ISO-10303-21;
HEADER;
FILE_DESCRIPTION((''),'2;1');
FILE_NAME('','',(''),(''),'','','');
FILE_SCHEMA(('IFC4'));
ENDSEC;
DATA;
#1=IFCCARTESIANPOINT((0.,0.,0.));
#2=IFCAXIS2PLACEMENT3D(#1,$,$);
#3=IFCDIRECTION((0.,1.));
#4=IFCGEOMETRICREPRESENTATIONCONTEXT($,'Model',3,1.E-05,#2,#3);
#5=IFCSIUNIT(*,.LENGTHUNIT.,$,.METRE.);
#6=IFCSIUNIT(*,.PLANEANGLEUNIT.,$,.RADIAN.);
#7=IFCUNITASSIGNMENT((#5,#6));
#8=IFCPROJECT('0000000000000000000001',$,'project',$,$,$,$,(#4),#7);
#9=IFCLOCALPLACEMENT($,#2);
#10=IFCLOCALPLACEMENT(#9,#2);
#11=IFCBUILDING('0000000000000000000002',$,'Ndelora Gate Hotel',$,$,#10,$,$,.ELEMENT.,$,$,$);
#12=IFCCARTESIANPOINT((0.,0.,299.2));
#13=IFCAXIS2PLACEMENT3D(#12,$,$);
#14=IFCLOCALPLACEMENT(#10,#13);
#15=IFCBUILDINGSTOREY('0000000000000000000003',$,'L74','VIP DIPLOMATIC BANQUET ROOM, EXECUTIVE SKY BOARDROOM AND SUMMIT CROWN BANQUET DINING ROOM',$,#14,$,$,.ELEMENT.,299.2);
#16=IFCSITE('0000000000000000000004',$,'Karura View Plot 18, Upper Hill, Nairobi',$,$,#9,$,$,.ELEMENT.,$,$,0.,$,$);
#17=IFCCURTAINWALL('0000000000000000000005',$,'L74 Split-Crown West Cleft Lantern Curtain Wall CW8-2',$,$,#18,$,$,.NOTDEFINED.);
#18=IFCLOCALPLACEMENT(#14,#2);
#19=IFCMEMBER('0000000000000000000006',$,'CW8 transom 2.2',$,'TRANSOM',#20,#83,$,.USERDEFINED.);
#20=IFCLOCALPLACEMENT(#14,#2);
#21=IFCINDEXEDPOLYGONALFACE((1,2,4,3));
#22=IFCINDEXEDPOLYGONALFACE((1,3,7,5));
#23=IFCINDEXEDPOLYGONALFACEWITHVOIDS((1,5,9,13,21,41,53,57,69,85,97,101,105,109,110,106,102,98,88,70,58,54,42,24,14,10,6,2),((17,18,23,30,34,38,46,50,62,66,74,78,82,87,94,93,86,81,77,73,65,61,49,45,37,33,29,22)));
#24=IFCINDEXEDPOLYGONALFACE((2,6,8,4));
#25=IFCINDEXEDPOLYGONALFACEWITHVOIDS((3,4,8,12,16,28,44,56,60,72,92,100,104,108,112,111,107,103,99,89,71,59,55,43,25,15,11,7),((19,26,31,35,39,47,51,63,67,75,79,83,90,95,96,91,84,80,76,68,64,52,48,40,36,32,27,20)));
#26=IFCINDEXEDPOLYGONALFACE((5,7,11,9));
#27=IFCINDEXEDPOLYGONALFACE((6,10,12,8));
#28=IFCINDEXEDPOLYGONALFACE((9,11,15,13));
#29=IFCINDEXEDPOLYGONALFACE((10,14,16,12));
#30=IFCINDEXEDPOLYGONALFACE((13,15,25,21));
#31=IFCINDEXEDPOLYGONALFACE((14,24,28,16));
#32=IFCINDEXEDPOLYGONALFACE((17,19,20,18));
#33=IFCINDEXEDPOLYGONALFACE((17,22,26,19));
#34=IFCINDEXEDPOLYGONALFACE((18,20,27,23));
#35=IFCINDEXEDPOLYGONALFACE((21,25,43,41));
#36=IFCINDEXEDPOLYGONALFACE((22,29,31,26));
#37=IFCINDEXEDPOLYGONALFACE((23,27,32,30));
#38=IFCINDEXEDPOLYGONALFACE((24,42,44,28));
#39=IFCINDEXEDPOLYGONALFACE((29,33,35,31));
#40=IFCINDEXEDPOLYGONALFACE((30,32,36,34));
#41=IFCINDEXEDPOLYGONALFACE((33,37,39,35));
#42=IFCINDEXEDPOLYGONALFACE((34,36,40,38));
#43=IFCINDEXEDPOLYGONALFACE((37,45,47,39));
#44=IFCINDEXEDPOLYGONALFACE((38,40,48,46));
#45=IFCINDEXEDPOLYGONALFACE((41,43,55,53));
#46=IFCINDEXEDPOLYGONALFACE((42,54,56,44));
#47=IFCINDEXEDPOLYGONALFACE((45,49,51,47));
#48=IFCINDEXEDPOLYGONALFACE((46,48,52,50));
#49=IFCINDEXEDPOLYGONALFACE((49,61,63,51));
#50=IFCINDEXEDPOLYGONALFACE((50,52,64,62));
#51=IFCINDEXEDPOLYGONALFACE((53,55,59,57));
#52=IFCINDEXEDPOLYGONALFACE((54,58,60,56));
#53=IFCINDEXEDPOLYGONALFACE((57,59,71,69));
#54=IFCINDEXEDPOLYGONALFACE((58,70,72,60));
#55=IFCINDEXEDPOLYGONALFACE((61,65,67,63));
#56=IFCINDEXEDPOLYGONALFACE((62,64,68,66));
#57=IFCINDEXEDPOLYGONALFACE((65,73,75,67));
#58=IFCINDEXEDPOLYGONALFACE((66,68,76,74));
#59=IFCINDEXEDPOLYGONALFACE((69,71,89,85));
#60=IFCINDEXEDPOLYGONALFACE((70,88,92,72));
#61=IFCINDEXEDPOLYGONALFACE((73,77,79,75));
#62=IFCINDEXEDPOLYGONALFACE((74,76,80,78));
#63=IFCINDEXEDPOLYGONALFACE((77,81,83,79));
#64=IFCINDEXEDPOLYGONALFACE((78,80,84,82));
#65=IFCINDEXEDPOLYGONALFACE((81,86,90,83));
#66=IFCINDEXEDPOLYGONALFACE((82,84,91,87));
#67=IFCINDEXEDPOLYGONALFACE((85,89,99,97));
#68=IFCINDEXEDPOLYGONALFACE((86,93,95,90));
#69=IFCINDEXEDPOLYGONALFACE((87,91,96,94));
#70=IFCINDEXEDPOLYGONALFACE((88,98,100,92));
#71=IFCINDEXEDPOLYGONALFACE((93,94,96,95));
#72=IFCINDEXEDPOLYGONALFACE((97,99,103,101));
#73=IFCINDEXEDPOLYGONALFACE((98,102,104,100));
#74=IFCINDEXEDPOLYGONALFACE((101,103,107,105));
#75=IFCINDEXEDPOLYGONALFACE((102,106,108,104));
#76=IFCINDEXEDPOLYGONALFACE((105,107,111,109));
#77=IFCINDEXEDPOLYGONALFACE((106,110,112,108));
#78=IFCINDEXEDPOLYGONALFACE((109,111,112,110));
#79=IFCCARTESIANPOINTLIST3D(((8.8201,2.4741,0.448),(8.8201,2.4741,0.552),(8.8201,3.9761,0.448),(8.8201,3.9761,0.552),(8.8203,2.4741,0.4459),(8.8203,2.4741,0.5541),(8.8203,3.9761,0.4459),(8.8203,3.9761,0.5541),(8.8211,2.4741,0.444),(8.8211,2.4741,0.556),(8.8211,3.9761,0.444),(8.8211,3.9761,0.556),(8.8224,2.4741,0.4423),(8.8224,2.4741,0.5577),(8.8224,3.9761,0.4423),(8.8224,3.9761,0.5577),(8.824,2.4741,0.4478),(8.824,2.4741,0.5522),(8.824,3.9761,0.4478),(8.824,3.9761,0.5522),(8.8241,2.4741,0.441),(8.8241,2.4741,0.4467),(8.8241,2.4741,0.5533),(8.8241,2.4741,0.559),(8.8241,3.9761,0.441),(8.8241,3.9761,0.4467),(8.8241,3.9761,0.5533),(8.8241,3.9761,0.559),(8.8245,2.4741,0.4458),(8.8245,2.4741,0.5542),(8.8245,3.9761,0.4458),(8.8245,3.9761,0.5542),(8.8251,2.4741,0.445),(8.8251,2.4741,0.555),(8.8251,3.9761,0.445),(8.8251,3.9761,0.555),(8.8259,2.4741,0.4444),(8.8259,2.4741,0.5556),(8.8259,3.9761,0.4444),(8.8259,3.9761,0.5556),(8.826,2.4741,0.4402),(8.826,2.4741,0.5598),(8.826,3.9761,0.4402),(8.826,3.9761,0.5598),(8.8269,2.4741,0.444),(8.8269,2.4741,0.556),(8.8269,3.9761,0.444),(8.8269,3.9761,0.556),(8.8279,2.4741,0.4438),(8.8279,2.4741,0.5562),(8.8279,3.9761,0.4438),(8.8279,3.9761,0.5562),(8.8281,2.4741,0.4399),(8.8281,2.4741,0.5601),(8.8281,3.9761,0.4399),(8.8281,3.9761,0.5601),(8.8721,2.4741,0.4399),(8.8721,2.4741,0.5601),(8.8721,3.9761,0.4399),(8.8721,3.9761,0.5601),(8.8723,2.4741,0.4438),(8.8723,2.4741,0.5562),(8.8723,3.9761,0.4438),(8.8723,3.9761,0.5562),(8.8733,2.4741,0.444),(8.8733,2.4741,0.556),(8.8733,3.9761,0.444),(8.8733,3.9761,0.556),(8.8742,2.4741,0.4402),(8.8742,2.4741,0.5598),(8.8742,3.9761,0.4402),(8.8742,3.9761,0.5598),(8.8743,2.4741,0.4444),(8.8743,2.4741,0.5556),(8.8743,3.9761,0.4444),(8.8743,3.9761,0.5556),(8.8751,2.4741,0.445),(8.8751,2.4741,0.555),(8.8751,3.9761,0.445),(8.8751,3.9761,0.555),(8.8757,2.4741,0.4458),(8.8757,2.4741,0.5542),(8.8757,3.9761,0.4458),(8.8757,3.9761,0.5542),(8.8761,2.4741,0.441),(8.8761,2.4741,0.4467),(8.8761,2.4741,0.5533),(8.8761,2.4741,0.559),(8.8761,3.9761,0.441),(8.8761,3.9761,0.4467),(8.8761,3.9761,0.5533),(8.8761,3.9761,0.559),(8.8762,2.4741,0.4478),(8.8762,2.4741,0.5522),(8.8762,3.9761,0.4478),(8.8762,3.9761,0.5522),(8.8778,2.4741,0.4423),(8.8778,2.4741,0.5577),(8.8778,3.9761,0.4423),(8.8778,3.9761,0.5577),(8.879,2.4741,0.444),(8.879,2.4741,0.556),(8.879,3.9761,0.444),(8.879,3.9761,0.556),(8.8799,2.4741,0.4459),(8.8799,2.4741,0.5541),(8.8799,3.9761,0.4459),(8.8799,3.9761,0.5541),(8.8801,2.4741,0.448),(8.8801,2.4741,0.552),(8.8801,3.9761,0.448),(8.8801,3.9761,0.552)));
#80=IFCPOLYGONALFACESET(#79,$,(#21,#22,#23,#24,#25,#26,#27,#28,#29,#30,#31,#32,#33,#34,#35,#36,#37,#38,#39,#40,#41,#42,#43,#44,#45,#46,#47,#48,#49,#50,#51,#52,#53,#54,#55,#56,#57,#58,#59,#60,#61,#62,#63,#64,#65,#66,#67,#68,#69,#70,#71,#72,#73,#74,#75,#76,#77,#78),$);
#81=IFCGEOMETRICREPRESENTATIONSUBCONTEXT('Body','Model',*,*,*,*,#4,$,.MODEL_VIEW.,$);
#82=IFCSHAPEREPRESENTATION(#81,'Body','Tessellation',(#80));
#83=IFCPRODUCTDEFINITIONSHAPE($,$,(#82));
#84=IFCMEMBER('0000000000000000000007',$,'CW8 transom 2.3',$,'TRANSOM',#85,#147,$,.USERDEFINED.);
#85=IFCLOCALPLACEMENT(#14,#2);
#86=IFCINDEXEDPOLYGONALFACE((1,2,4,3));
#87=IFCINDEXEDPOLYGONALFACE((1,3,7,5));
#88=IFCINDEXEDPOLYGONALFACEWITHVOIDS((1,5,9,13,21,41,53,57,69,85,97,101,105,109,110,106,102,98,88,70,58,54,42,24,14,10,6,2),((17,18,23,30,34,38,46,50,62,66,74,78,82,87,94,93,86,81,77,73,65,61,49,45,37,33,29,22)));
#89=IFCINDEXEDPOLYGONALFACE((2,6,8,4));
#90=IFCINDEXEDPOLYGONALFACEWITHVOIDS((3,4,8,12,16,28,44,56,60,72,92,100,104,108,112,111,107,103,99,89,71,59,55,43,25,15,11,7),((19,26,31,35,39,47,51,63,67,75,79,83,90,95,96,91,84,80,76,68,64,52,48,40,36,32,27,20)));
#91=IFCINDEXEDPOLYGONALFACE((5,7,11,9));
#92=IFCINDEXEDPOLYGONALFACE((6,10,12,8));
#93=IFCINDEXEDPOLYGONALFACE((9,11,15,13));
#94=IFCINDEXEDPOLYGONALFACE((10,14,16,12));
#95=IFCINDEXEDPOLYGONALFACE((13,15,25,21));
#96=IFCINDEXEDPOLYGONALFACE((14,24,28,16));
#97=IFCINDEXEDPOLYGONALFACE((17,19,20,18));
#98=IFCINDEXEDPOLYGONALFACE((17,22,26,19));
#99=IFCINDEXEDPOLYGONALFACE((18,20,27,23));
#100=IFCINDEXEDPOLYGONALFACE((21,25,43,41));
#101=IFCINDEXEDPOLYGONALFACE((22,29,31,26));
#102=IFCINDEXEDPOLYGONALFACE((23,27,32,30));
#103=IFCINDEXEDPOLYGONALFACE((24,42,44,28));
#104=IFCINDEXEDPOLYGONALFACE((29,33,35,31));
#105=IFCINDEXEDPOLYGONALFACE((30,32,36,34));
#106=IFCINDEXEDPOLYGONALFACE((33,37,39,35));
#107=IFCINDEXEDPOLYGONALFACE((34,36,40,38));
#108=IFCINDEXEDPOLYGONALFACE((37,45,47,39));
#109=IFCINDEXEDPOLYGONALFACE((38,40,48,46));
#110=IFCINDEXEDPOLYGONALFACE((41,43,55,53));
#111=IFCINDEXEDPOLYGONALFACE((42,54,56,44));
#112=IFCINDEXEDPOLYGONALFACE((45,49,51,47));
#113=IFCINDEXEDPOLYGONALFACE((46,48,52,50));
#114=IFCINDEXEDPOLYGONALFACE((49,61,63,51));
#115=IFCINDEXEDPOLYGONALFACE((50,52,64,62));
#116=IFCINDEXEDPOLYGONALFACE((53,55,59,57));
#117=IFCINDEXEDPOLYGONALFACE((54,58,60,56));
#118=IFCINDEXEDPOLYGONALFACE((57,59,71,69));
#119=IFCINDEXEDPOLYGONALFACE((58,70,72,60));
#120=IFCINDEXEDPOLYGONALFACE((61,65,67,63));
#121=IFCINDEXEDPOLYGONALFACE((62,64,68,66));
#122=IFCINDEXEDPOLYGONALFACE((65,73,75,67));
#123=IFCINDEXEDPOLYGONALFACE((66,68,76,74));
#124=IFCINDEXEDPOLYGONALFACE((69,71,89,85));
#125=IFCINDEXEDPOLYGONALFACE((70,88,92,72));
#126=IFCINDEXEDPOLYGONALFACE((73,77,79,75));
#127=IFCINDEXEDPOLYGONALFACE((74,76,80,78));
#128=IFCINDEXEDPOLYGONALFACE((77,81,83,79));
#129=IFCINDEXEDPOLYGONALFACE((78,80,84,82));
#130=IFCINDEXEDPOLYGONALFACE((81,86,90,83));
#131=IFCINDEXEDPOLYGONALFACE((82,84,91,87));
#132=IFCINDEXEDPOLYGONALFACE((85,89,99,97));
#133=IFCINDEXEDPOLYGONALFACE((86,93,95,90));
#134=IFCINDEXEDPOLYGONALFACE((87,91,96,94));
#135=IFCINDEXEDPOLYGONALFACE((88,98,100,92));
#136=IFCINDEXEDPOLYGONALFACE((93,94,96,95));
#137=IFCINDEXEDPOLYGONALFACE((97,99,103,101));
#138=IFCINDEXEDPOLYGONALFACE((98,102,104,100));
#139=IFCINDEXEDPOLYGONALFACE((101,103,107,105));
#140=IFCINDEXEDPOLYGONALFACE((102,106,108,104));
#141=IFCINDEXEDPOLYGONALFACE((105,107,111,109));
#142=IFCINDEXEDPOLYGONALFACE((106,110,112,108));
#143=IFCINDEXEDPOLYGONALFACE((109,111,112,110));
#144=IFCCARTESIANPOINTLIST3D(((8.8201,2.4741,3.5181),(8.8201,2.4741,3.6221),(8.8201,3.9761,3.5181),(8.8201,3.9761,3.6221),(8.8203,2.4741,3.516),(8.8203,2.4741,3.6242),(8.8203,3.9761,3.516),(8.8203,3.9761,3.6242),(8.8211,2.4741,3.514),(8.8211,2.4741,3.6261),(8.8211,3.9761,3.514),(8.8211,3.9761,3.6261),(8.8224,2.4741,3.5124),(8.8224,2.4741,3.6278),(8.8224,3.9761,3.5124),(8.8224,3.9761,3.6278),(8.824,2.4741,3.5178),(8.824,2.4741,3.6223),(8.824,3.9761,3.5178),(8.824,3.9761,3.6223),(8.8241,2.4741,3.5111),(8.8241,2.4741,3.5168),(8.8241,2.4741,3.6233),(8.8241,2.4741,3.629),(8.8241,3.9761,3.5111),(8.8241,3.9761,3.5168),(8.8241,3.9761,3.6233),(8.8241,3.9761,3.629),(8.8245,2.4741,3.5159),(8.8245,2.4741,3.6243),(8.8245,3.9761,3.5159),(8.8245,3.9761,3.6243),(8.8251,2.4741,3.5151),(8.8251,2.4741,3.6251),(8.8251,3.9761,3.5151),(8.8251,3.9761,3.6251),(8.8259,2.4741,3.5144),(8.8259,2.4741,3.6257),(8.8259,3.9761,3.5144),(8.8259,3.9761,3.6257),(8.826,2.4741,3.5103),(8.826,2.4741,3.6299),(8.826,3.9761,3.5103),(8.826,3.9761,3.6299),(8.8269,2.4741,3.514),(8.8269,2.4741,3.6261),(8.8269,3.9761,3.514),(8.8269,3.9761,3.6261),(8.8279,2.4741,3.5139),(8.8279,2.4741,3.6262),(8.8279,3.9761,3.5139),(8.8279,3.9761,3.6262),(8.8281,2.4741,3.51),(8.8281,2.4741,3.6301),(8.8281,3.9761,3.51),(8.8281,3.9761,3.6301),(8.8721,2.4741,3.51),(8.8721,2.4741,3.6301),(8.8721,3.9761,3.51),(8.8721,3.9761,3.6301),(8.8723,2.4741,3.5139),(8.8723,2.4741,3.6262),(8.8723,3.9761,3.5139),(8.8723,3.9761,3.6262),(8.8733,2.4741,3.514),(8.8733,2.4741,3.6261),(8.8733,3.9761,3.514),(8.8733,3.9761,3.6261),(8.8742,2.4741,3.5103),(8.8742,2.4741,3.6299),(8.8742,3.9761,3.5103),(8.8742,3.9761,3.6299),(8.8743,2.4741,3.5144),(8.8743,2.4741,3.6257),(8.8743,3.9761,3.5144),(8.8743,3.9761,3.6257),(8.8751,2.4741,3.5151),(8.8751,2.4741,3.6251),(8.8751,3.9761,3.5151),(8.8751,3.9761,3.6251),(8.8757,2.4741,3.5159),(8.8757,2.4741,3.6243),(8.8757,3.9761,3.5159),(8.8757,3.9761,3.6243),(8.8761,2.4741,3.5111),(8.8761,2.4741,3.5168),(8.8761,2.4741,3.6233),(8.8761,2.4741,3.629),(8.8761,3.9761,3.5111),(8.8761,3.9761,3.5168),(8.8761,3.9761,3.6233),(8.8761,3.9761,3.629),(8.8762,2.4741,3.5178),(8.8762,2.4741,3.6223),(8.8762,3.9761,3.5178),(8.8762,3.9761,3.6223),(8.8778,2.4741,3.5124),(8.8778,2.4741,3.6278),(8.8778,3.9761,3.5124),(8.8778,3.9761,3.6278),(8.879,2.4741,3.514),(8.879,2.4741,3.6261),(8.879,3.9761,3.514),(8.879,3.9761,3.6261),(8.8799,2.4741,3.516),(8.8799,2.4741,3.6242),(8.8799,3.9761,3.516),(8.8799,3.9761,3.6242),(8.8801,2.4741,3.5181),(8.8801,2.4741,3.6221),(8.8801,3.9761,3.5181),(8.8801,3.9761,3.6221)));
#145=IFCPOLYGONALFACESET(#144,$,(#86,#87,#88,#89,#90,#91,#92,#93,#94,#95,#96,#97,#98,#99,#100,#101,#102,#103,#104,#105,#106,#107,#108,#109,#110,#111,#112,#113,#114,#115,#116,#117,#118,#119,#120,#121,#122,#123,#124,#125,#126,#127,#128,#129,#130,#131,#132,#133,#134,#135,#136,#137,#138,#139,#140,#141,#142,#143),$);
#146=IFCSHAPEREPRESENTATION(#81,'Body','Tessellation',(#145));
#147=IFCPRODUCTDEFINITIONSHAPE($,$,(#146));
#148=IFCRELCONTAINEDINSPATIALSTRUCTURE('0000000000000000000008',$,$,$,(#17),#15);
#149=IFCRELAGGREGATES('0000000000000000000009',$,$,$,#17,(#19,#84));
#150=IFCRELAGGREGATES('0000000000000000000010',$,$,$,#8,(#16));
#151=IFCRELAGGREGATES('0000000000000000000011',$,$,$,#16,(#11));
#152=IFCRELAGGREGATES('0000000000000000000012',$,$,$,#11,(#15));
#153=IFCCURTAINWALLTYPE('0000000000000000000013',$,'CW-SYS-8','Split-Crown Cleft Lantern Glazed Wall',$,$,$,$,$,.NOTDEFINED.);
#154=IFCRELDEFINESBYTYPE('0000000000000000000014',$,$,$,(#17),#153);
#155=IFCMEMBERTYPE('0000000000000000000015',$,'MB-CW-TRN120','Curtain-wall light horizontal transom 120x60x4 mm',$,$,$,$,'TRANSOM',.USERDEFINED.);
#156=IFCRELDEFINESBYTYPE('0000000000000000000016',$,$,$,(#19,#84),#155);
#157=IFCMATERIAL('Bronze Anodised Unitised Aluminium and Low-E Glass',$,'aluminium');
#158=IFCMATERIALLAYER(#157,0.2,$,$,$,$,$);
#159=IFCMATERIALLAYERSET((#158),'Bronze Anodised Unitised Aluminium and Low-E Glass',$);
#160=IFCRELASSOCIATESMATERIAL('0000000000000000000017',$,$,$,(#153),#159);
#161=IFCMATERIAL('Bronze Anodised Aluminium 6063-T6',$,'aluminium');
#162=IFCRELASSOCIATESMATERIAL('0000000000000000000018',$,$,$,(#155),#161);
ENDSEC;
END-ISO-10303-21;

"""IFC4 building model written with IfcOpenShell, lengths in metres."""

from ifc_helpers import new_model, si_unit, direction, frame, origin, origin_2d, place, context, subcontext, project, spatial, hollow_rectangle, extrude, material, layer, layer_set, material_profile, profile_set, type_object, element, aggregate, save


model = new_model("IFC4")

# Units and contexts
model_context = context("Model", 3, precision=1e-05, world=origin(), true_north=direction((0.0, 1.0)))
body_context = subcontext(model_context, "Body", "Model", "MODEL_VIEW")
ifc_project = project(units=[si_unit("LENGTHUNIT", "METRE"), si_unit("PLANEANGLEUNIT", "RADIAN")], contexts=[model_context])

# Site, building, storey
site_placement = place(None, origin())
site = spatial("IfcSite", under=ifc_project, at=site_placement, Name="Karura View Plot 18, Upper Hill, Nairobi", CompositionType="ELEMENT", RefElevation=0.0)
building_placement = place(site_placement, origin())
building = spatial("IfcBuilding", under=site, at=building_placement, Name="Ndelora Gate Hotel", CompositionType="ELEMENT")
storey_placement = place(building_placement, frame((0.0, 0.0, 299.2)))
storey = spatial("IfcBuildingStorey", under=building, at=storey_placement, Name="L74", Description="VIP DIPLOMATIC BANQUET ROOM, EXECUTIVE SKY BOARDROOM AND SUMMIT CROWN BANQUET DINING ROOM", CompositionType="ELEMENT", Elevation=299.2)

# Curtain wall, members
ifc_material_1 = material(Name="Bronze Anodised Unitised Aluminium and Low-E Glass", Category="aluminium")
ifc_layer_1 = layer(ifc_material_1, 0.2)
ifc_layer_set_1 = layer_set([ifc_layer_1], Name="Bronze Anodised Unitised Aluminium and Low-E Glass")
curtain_wall_type = type_object("IfcCurtainWallType", Name="CW-SYS-8", Description="Split-Crown Cleft Lantern Glazed Wall", PredefinedType="NOTDEFINED", material=ifc_layer_set_1)
curtain_wall_placement = place(storey_placement, origin())
curtain_wall = element("IfcCurtainWall", 1, at=curtain_wall_placement, inside=storey, type_object=curtain_wall_type, Name="L74 Split-Crown West Cleft Lantern Curtain Wall CW8-2", PredefinedType="NOTDEFINED")
ifc_material_2 = material(Name="Bronze Anodised Aluminium 6063-T6", Category="aluminium")
ifc_material_profile_1 = material_profile(ifc_material_2, hollow_rectangle(XDim=0.0601, YDim=0.1201, WallThickness=0.0039, InnerFilletRadius=0.0039, OuterFilletRadius=0.0081, at=origin_2d()), Name="ALU 120x60x4")
ifc_profile_set_1 = profile_set([ifc_material_profile_1], Name="Bronze Anodised Aluminium 6063-T6")
member_type_1 = type_object("IfcMemberType", Name="MB-CW-TRN120", Description="Curtain-wall light horizontal transom 120x60x4 mm", ElementType="TRANSOM", PredefinedType="USERDEFINED", material=ifc_profile_set_1)
member_1_placement = place(storey_placement, frame((8.8501, 2.4741, 0.5), z_axis=(0.0, 1.0, 0.0), x_axis=(-1.0, 0.0, 0.0)))
member_1 = element("IfcMember", 2, at=member_1_placement, type_object=member_type_1, Name="CW8 transom 2.2", ObjectType="TRANSOM", PredefinedType="USERDEFINED", context=body_context, shape_type="SweptSolid", body=[
    extrude(hollow_rectangle(XDim=0.0601, YDim=0.1201, WallThickness=0.0039, InnerFilletRadius=0.0039, OuterFilletRadius=0.0081, at=origin_2d()), origin(), (0.0, 0.0, 1.0), 1.502),
])
member_2_placement = place(storey_placement, frame((8.8501, 2.4741, 3.5701), z_axis=(0.0, 1.0, 0.0), x_axis=(-1.0, 0.0, 0.0)))
member_2 = element("IfcMember", 3, at=member_2_placement, type_object=member_type_1, Name="CW8 transom 2.3", ObjectType="TRANSOM", PredefinedType="USERDEFINED", context=body_context, shape_type="SweptSolid", body=[
    extrude(hollow_rectangle(XDim=0.0601, YDim=0.1201, WallThickness=0.0039, InnerFilletRadius=0.0039, OuterFilletRadius=0.0081, at=origin_2d()), origin(), (0.0, 0.0, 1.0), 1.502),
])
aggregate(curtain_wall, [member_1, member_2])

save(model, "model.ifc")
